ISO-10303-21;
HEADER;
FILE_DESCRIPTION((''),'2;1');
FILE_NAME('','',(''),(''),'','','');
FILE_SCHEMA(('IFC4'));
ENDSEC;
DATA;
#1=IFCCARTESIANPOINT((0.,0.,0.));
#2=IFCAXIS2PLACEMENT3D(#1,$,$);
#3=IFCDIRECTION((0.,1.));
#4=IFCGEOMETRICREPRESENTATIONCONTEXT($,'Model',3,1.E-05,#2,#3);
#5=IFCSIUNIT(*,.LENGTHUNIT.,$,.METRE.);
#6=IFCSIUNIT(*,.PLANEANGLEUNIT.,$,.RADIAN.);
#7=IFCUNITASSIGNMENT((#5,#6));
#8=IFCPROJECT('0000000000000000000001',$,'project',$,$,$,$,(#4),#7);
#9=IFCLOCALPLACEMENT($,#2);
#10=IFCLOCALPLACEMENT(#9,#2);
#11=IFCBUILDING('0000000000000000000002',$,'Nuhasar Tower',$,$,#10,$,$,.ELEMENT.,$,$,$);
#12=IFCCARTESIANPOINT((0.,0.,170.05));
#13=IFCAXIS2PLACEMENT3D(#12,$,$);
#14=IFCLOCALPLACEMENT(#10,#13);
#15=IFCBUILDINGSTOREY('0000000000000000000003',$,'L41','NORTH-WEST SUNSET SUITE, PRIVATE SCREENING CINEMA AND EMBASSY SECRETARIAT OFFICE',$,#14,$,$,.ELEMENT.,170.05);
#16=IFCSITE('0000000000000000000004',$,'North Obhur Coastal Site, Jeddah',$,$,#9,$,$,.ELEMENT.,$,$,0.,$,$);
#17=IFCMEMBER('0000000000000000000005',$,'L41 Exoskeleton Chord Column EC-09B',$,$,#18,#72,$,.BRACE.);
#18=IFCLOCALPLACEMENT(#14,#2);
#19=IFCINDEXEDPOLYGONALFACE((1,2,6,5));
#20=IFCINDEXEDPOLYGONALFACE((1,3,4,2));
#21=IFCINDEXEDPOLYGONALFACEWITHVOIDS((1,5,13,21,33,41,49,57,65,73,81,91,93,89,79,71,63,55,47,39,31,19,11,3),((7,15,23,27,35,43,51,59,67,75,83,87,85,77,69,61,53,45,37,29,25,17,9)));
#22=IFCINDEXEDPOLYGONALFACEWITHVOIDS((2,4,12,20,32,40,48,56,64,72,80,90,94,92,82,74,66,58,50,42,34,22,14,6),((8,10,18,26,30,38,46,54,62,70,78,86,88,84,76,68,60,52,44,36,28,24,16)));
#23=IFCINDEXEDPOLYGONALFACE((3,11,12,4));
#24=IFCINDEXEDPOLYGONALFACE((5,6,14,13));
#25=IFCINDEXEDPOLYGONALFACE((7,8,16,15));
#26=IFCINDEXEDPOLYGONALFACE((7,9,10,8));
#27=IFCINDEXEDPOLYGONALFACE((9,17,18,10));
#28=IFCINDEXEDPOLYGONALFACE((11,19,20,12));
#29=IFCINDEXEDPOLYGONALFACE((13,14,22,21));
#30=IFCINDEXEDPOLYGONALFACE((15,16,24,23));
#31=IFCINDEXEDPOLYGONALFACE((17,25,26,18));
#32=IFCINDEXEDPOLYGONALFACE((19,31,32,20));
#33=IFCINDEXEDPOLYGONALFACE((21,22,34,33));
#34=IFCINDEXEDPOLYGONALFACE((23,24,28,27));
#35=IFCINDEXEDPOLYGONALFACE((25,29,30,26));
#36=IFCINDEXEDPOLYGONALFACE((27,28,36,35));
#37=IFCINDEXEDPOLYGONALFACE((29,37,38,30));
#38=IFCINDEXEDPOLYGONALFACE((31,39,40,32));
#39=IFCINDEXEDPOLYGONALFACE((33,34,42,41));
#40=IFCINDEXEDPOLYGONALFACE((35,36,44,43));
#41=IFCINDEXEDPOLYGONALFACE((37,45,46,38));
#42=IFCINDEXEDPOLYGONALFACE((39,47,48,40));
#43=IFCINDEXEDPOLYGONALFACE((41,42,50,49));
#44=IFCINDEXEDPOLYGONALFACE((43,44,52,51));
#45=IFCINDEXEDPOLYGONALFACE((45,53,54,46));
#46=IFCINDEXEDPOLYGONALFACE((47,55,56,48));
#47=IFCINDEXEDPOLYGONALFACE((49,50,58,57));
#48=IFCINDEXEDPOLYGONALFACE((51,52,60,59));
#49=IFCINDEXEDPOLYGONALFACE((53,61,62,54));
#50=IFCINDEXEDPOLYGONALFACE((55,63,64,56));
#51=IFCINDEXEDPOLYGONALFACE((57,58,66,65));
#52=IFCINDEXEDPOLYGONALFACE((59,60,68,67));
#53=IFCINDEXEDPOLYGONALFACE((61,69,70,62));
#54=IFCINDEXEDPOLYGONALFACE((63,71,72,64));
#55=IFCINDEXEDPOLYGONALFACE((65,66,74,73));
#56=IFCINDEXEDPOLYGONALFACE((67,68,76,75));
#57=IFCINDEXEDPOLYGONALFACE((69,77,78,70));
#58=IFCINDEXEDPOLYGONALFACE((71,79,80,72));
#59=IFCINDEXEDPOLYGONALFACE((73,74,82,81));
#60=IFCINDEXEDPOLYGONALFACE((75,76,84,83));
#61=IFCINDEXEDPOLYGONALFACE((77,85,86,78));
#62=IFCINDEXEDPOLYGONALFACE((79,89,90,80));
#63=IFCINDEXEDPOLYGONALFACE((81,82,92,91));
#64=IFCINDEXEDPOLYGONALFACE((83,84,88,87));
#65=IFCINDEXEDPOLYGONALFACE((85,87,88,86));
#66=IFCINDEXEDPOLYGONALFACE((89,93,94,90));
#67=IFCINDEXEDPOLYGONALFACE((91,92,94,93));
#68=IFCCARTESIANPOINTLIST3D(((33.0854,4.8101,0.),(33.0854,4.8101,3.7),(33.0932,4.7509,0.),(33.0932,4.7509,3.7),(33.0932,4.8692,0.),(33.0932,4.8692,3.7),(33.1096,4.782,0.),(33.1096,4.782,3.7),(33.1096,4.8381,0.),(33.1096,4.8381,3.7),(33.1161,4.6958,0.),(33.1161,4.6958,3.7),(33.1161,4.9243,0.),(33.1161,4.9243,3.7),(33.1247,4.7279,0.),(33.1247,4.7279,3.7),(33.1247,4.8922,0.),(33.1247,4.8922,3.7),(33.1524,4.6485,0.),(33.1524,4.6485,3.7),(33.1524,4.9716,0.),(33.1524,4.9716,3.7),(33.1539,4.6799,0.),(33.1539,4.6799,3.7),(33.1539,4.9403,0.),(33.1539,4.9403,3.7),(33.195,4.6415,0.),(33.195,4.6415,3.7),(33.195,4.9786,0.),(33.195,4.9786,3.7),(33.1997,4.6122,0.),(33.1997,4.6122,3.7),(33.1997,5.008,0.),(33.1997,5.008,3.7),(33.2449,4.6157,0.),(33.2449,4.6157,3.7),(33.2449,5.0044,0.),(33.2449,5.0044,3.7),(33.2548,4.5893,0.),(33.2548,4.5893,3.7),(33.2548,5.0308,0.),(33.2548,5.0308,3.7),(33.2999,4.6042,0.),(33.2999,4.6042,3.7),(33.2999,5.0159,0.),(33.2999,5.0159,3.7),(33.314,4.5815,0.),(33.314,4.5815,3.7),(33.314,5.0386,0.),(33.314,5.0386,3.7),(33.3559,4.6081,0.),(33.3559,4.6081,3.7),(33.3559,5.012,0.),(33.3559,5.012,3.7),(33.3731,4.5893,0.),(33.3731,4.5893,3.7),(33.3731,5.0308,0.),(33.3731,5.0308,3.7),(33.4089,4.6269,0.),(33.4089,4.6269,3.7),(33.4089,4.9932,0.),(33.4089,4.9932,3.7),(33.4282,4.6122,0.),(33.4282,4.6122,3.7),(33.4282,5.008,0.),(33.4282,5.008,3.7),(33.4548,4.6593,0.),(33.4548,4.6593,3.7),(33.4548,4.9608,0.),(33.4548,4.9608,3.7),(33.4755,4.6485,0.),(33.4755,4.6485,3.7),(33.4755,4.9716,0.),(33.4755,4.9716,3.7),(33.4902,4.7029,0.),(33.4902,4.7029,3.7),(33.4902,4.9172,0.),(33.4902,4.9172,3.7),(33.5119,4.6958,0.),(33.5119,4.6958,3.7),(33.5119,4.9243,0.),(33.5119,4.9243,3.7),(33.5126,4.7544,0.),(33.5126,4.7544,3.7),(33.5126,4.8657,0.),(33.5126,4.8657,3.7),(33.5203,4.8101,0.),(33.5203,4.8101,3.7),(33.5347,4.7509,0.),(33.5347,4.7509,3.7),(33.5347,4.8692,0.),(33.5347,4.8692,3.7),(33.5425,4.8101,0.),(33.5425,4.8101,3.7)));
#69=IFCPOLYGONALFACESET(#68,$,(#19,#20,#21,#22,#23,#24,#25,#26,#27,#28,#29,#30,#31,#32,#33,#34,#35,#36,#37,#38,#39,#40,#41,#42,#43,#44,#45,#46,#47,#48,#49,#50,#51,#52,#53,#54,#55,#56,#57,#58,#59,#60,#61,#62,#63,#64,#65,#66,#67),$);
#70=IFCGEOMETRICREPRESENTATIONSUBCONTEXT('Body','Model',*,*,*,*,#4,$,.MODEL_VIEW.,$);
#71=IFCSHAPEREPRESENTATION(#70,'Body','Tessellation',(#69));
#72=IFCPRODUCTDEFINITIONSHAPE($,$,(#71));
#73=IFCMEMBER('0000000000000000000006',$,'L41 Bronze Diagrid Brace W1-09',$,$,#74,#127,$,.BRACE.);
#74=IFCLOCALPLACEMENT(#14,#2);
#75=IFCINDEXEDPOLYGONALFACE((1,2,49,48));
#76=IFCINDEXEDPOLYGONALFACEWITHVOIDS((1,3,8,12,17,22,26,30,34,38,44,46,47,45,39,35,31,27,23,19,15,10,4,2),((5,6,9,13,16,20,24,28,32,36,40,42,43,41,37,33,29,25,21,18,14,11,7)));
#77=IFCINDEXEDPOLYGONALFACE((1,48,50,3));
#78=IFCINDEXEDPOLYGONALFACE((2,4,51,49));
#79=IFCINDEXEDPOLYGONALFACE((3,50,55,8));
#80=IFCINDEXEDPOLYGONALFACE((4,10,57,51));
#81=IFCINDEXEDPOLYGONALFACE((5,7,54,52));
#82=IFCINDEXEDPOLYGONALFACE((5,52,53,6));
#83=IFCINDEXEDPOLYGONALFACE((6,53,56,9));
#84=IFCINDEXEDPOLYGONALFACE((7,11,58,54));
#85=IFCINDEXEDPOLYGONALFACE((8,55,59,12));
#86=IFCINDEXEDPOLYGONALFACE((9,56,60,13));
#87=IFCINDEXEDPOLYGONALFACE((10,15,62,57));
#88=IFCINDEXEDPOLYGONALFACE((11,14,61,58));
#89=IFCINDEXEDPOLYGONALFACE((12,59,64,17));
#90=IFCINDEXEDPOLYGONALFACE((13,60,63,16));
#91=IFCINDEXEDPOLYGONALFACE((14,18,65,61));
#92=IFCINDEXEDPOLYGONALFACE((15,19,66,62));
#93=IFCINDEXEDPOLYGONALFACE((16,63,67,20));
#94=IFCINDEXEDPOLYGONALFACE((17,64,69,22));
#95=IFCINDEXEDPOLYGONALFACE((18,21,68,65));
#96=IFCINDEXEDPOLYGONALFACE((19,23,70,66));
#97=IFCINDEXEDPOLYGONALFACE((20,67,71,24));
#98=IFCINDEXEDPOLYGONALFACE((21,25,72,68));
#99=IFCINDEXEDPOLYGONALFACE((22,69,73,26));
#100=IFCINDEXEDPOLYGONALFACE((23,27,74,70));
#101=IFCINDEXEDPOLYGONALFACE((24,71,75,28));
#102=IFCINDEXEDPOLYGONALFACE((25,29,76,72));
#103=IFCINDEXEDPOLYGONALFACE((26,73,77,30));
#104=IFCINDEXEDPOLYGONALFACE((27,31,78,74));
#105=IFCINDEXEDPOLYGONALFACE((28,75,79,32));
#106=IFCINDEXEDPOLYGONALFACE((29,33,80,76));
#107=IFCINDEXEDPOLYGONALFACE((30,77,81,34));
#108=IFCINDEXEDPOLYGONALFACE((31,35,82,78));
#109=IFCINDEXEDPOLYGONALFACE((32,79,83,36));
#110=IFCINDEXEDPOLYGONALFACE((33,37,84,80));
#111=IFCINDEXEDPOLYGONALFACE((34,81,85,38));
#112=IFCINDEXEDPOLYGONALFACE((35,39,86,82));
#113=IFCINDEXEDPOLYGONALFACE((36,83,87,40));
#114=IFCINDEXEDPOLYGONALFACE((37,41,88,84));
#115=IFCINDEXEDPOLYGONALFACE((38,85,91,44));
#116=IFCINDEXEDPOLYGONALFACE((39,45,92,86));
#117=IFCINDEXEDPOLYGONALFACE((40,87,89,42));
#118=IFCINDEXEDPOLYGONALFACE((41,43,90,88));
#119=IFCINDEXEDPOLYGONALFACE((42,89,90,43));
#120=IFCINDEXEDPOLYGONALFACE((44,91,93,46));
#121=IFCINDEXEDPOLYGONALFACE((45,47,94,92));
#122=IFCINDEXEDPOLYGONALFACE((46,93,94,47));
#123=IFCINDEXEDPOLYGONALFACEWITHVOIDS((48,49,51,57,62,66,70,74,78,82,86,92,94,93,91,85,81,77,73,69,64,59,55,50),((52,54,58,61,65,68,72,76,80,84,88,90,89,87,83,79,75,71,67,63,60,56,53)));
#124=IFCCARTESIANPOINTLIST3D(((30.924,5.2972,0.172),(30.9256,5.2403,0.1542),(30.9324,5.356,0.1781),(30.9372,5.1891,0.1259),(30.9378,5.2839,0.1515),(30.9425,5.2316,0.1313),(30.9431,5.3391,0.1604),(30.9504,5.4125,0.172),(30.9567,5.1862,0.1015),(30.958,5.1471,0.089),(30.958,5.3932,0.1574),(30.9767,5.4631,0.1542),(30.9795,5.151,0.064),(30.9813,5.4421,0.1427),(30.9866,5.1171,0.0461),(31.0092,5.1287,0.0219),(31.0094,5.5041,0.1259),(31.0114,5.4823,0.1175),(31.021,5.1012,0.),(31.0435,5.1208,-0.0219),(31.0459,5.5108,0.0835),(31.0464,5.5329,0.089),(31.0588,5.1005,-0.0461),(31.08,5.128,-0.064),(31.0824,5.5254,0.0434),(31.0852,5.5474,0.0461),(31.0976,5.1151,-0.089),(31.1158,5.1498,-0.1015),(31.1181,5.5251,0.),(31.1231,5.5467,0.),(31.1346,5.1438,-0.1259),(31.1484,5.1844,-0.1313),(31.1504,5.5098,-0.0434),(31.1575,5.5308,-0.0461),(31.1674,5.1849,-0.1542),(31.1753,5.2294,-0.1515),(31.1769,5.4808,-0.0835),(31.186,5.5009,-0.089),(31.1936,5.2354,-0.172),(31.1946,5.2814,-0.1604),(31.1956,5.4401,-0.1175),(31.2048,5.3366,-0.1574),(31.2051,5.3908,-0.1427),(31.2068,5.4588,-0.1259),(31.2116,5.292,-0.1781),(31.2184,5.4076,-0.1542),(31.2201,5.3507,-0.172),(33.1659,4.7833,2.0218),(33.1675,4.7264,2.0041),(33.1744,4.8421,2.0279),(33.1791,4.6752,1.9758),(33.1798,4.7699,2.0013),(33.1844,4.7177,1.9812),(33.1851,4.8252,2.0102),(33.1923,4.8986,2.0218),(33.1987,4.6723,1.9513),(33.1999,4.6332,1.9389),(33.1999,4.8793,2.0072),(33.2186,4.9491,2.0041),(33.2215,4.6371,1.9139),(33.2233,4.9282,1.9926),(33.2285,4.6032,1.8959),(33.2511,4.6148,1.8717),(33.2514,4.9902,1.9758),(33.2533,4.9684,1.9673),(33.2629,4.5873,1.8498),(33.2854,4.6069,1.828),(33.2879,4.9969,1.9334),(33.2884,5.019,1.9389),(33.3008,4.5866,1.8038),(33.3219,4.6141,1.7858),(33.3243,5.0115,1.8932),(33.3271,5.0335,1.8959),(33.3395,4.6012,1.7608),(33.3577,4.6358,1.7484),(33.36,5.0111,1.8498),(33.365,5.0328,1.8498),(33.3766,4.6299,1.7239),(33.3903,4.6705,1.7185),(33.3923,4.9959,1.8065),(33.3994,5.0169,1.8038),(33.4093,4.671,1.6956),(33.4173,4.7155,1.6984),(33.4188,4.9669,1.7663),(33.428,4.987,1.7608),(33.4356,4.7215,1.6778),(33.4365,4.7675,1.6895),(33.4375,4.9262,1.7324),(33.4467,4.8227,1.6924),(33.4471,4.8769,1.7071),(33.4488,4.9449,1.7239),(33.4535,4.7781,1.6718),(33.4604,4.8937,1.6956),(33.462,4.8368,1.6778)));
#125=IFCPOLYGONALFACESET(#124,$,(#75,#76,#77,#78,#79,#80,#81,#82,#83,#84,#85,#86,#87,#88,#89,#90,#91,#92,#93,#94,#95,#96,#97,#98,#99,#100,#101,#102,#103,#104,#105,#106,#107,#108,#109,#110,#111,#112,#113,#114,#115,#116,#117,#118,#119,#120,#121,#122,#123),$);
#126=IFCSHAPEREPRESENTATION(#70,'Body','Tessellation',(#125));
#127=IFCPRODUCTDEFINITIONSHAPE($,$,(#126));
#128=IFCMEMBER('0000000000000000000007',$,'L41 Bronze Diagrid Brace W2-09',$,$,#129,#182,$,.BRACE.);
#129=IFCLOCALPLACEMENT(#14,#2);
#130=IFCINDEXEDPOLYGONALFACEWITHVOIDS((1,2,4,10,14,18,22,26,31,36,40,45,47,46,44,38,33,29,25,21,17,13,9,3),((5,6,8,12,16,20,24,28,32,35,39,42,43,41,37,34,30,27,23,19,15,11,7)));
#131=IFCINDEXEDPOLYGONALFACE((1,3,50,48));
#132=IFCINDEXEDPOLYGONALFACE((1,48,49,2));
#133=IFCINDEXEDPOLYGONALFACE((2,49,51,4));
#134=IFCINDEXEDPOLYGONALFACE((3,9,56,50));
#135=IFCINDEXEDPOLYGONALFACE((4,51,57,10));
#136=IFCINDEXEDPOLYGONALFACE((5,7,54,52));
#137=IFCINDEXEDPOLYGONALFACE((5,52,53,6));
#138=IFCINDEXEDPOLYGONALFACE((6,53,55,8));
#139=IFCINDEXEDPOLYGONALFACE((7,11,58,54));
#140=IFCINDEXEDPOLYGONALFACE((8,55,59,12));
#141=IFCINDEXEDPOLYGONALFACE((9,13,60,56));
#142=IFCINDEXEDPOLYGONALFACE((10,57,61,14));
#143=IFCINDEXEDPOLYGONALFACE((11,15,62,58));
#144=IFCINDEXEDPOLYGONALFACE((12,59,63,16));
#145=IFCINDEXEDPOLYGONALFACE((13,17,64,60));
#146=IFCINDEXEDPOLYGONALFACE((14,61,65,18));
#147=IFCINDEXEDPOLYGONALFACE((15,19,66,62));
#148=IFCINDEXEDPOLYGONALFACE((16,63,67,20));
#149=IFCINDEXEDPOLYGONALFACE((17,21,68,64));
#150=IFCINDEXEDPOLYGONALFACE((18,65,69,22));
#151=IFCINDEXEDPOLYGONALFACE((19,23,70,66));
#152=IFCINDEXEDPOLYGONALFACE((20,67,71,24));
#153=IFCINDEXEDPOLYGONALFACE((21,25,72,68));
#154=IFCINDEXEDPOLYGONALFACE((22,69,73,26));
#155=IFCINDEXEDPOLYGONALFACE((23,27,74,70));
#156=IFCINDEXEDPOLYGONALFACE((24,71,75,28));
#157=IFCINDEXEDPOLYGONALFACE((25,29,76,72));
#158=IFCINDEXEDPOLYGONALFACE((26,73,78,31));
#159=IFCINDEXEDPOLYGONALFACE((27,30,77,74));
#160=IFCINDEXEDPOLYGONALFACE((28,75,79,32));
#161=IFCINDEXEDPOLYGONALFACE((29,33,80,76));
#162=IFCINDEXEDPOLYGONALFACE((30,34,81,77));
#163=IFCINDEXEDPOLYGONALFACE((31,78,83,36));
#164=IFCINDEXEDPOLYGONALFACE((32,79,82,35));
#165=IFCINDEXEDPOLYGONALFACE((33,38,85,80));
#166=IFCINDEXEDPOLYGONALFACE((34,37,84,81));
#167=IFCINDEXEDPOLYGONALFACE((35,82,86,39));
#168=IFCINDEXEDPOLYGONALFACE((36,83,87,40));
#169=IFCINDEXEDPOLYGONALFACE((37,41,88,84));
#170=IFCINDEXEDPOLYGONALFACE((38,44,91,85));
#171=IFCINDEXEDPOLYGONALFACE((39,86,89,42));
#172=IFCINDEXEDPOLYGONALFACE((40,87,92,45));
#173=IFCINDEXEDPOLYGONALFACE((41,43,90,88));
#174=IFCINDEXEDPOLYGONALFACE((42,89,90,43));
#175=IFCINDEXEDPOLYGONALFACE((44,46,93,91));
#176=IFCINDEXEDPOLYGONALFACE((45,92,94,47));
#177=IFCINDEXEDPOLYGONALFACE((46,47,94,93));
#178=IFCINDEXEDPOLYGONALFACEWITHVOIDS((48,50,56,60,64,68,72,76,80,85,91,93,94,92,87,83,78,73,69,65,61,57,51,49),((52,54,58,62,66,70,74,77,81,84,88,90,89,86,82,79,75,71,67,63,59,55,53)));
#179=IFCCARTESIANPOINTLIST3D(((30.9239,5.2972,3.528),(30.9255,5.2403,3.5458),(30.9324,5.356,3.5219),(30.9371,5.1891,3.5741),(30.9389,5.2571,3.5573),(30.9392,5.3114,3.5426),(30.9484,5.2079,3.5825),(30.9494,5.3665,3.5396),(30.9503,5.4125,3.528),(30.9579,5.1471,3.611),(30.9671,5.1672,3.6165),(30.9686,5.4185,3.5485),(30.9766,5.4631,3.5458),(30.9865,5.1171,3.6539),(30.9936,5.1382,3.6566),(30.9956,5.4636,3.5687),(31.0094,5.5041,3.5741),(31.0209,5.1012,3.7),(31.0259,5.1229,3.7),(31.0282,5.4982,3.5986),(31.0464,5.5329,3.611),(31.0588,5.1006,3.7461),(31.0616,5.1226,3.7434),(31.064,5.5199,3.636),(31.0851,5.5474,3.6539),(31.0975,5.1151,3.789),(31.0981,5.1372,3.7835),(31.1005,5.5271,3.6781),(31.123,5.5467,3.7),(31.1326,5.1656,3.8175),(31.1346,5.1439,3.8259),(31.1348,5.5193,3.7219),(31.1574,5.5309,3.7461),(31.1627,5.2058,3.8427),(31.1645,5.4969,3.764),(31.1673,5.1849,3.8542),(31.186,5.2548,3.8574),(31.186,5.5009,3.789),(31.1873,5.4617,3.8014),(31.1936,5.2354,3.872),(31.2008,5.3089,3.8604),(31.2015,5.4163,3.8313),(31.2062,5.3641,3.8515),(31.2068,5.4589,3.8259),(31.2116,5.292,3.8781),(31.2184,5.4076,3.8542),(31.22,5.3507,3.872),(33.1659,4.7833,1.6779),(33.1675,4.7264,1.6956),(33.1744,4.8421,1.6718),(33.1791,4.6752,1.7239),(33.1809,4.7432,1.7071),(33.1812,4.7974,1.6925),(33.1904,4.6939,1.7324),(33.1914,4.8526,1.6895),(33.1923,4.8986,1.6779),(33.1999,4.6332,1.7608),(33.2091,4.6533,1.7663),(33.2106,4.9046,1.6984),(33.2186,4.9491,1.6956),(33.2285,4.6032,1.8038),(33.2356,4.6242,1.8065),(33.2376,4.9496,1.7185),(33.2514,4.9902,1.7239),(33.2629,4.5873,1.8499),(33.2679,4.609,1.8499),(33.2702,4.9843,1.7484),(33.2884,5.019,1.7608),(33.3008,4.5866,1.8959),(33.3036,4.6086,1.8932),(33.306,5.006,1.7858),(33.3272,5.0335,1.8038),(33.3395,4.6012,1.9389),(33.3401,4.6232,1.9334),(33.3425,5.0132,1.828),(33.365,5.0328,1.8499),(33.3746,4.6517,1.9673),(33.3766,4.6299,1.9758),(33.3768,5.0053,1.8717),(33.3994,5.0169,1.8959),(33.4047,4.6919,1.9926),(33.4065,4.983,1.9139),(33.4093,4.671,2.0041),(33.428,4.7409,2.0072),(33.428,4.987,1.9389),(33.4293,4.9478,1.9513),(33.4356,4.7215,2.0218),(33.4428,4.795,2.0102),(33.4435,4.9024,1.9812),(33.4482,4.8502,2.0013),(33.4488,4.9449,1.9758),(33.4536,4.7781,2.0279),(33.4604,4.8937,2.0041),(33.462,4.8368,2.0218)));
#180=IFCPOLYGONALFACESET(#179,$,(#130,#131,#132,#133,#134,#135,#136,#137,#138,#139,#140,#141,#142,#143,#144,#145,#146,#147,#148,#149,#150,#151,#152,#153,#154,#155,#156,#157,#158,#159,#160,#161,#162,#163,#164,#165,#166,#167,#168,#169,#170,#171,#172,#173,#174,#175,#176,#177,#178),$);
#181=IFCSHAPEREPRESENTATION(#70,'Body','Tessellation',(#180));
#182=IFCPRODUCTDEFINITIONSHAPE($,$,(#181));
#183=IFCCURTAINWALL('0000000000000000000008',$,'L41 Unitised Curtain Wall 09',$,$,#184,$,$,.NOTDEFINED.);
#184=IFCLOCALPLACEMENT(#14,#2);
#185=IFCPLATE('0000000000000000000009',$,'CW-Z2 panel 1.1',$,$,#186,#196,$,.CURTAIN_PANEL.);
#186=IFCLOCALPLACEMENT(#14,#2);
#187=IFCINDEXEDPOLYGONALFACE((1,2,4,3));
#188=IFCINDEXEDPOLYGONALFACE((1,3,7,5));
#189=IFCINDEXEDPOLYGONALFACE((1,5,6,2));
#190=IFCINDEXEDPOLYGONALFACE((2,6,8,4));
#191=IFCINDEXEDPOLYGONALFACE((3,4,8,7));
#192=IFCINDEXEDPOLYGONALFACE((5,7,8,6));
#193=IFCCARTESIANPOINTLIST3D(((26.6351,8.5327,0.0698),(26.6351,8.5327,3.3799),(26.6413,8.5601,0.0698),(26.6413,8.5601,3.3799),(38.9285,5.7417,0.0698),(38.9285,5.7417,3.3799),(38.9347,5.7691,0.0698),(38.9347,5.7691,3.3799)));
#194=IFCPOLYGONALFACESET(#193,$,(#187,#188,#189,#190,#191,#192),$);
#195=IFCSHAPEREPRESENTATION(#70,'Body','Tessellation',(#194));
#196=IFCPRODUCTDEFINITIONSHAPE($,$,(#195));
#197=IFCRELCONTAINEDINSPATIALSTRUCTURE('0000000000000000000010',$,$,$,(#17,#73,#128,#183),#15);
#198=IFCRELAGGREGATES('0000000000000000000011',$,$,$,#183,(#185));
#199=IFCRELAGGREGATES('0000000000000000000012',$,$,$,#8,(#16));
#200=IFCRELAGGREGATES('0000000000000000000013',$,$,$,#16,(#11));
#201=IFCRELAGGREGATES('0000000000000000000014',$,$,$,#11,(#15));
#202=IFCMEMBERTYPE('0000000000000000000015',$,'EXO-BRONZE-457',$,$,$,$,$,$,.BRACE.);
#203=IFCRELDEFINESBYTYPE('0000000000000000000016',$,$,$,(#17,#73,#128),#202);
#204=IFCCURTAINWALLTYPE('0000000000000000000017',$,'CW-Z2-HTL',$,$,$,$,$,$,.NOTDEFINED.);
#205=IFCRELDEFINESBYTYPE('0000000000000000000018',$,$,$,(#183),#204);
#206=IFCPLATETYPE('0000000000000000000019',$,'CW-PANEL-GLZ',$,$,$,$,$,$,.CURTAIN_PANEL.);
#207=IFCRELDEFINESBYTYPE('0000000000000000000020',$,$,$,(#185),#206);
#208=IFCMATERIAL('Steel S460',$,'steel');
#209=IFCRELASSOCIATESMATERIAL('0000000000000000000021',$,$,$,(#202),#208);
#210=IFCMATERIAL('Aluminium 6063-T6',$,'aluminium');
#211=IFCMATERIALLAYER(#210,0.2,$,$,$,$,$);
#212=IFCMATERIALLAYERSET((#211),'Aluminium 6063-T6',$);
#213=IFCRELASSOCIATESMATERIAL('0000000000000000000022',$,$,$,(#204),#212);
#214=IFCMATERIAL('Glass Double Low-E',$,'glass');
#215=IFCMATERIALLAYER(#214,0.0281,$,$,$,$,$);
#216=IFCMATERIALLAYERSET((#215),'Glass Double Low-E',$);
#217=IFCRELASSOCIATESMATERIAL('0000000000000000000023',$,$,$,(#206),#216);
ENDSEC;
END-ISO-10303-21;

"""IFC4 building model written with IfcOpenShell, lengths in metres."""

from ifc_helpers import new_model, si_unit, direction, frame, origin, origin_2d, place, context, subcontext, project, spatial, rectangle, hollow_circle, extrude, material, layer, layer_set, material_profile, profile_set, type_object, element, aggregate, save


model = new_model("IFC4")

# Units and contexts
model_context = context("Model", 3, precision=1e-05, world=origin(), true_north=direction((0.0, 1.0)))
body_context = subcontext(model_context, "Body", "Model", "MODEL_VIEW")
ifc_project = project(units=[si_unit("LENGTHUNIT", "METRE"), si_unit("PLANEANGLEUNIT", "RADIAN")], contexts=[model_context])

# Site, building, storey
site_placement = place(None, origin())
site = spatial("IfcSite", under=ifc_project, at=site_placement, Name="North Obhur Coastal Site, Jeddah", CompositionType="ELEMENT", RefElevation=0.0)
building_placement = place(site_placement, origin())
building = spatial("IfcBuilding", under=site, at=building_placement, Name="Nuhasar Tower", CompositionType="ELEMENT")
storey_placement = place(building_placement, frame((0.0, 0.0, 170.05)))
storey = spatial("IfcBuildingStorey", under=building, at=storey_placement, Name="L41", Description="NORTH-WEST SUNSET SUITE, PRIVATE SCREENING CINEMA AND EMBASSY SECRETARIAT OFFICE", CompositionType="ELEMENT", Elevation=170.05)

# Members
ifc_material_1 = material(Name="Steel S460", Category="steel")
ifc_material_profile_1 = material_profile(ifc_material_1, hollow_circle(Radius=0.2285, WallThickness=0.0222, at=origin_2d()), Name="HSS457X22.2")
ifc_profile_set_1 = profile_set([ifc_material_profile_1], Name="Steel S460")
member_type = type_object("IfcMemberType", Name="EXO-BRONZE-457", PredefinedType="BRACE", material=ifc_profile_set_1)
for number, where, z_axis, x_axis, name in (
    (1, (33.314, 4.8101, 0.0), (0.0, 0.0, 1.0), (1.0, 0.0, 0.0), "L41 Exoskeleton Chord Column EC-09B"),
):
    element("IfcMember", number, at=place(storey_placement, frame(where, z_axis=z_axis, x_axis=x_axis)), inside=storey, type_object=member_type, Name=name, PredefinedType="BRACE", context=body_context, shape_type="SweptSolid", body=[
        extrude(hollow_circle(Radius=0.2285, WallThickness=0.0222, at=origin_2d()), origin(), (0.0, 0.0, 1.0), 3.7),
    ])
member_1_placement = place(storey_placement, frame((31.072, 5.324, 0.0), z_axis=(0.75955, -0.17411, 0.626713), x_axis=(0.223433, 0.974719, 0.0)))
element("IfcMember", 2, at=member_1_placement, inside=storey, type_object=member_type, Name="L41 Bronze Diagrid Brace W1-09", PredefinedType="BRACE", context=body_context, shape_type="SweptSolid", body=[
    extrude(hollow_circle(Radius=0.2285, WallThickness=0.0222, at=origin_2d()), origin(), (0.0, 0.0, 1.0), 2.9517),
])
member_2_placement = place(storey_placement, frame((33.314, 4.8101, 1.8499), z_axis=(-0.75951, 0.174101, 0.626764), x_axis=(-0.223433, -0.974719, 0.0)))
element("IfcMember", 3, at=member_2_placement, inside=storey, type_object=member_type, Name="L41 Bronze Diagrid Brace W2-09", PredefinedType="BRACE", context=body_context, shape_type="SweptSolid", body=[
    extrude(hollow_circle(Radius=0.2285, WallThickness=0.0222, at=origin_2d()), origin(), (0.0, 0.0, 1.0), 2.9519),
])

# Curtain wall, plate
ifc_material_2 = material(Name="Aluminium 6063-T6", Category="aluminium")
ifc_layer_1 = layer(ifc_material_2, 0.2)
ifc_layer_set_1 = layer_set([ifc_layer_1], Name="Aluminium 6063-T6")
curtain_wall_type = type_object("IfcCurtainWallType", Name="CW-Z2-HTL", PredefinedType="NOTDEFINED", material=ifc_layer_set_1)
curtain_wall_placement = place(storey_placement, origin())
curtain_wall = element("IfcCurtainWall", 4, at=curtain_wall_placement, inside=storey, type_object=curtain_wall_type, Name="L41 Unitised Curtain Wall 09", PredefinedType="NOTDEFINED")
ifc_material_3 = material(Name="Glass Double Low-E", Category="glass")
ifc_layer_2 = layer(ifc_material_3, 0.0281)
ifc_layer_set_2 = layer_set([ifc_layer_2], Name="Glass Double Low-E")
plate_type = type_object("IfcPlateType", Name="CW-PANEL-GLZ", PredefinedType="CURTAIN_PANEL", material=ifc_layer_set_2)
plate_placement = place(storey_placement, frame((32.7849, 7.1509, 0.0698), z_axis=(0.0, 0.0, 1.0), x_axis=(0.975184, -0.221397, 0.0)))
plate = element("IfcPlate", 5, at=plate_placement, type_object=plate_type, Name="CW-Z2 panel 1.1", PredefinedType="CURTAIN_PANEL", context=body_context, shape_type="SweptSolid", body=[
    extrude(rectangle(XDim=12.6062, YDim=0.0281, at=origin_2d()), origin(), (0.0, 0.0, 1.0), 3.3101),
])
aggregate(curtain_wall, [plate])

save(model, "model.ifc")
